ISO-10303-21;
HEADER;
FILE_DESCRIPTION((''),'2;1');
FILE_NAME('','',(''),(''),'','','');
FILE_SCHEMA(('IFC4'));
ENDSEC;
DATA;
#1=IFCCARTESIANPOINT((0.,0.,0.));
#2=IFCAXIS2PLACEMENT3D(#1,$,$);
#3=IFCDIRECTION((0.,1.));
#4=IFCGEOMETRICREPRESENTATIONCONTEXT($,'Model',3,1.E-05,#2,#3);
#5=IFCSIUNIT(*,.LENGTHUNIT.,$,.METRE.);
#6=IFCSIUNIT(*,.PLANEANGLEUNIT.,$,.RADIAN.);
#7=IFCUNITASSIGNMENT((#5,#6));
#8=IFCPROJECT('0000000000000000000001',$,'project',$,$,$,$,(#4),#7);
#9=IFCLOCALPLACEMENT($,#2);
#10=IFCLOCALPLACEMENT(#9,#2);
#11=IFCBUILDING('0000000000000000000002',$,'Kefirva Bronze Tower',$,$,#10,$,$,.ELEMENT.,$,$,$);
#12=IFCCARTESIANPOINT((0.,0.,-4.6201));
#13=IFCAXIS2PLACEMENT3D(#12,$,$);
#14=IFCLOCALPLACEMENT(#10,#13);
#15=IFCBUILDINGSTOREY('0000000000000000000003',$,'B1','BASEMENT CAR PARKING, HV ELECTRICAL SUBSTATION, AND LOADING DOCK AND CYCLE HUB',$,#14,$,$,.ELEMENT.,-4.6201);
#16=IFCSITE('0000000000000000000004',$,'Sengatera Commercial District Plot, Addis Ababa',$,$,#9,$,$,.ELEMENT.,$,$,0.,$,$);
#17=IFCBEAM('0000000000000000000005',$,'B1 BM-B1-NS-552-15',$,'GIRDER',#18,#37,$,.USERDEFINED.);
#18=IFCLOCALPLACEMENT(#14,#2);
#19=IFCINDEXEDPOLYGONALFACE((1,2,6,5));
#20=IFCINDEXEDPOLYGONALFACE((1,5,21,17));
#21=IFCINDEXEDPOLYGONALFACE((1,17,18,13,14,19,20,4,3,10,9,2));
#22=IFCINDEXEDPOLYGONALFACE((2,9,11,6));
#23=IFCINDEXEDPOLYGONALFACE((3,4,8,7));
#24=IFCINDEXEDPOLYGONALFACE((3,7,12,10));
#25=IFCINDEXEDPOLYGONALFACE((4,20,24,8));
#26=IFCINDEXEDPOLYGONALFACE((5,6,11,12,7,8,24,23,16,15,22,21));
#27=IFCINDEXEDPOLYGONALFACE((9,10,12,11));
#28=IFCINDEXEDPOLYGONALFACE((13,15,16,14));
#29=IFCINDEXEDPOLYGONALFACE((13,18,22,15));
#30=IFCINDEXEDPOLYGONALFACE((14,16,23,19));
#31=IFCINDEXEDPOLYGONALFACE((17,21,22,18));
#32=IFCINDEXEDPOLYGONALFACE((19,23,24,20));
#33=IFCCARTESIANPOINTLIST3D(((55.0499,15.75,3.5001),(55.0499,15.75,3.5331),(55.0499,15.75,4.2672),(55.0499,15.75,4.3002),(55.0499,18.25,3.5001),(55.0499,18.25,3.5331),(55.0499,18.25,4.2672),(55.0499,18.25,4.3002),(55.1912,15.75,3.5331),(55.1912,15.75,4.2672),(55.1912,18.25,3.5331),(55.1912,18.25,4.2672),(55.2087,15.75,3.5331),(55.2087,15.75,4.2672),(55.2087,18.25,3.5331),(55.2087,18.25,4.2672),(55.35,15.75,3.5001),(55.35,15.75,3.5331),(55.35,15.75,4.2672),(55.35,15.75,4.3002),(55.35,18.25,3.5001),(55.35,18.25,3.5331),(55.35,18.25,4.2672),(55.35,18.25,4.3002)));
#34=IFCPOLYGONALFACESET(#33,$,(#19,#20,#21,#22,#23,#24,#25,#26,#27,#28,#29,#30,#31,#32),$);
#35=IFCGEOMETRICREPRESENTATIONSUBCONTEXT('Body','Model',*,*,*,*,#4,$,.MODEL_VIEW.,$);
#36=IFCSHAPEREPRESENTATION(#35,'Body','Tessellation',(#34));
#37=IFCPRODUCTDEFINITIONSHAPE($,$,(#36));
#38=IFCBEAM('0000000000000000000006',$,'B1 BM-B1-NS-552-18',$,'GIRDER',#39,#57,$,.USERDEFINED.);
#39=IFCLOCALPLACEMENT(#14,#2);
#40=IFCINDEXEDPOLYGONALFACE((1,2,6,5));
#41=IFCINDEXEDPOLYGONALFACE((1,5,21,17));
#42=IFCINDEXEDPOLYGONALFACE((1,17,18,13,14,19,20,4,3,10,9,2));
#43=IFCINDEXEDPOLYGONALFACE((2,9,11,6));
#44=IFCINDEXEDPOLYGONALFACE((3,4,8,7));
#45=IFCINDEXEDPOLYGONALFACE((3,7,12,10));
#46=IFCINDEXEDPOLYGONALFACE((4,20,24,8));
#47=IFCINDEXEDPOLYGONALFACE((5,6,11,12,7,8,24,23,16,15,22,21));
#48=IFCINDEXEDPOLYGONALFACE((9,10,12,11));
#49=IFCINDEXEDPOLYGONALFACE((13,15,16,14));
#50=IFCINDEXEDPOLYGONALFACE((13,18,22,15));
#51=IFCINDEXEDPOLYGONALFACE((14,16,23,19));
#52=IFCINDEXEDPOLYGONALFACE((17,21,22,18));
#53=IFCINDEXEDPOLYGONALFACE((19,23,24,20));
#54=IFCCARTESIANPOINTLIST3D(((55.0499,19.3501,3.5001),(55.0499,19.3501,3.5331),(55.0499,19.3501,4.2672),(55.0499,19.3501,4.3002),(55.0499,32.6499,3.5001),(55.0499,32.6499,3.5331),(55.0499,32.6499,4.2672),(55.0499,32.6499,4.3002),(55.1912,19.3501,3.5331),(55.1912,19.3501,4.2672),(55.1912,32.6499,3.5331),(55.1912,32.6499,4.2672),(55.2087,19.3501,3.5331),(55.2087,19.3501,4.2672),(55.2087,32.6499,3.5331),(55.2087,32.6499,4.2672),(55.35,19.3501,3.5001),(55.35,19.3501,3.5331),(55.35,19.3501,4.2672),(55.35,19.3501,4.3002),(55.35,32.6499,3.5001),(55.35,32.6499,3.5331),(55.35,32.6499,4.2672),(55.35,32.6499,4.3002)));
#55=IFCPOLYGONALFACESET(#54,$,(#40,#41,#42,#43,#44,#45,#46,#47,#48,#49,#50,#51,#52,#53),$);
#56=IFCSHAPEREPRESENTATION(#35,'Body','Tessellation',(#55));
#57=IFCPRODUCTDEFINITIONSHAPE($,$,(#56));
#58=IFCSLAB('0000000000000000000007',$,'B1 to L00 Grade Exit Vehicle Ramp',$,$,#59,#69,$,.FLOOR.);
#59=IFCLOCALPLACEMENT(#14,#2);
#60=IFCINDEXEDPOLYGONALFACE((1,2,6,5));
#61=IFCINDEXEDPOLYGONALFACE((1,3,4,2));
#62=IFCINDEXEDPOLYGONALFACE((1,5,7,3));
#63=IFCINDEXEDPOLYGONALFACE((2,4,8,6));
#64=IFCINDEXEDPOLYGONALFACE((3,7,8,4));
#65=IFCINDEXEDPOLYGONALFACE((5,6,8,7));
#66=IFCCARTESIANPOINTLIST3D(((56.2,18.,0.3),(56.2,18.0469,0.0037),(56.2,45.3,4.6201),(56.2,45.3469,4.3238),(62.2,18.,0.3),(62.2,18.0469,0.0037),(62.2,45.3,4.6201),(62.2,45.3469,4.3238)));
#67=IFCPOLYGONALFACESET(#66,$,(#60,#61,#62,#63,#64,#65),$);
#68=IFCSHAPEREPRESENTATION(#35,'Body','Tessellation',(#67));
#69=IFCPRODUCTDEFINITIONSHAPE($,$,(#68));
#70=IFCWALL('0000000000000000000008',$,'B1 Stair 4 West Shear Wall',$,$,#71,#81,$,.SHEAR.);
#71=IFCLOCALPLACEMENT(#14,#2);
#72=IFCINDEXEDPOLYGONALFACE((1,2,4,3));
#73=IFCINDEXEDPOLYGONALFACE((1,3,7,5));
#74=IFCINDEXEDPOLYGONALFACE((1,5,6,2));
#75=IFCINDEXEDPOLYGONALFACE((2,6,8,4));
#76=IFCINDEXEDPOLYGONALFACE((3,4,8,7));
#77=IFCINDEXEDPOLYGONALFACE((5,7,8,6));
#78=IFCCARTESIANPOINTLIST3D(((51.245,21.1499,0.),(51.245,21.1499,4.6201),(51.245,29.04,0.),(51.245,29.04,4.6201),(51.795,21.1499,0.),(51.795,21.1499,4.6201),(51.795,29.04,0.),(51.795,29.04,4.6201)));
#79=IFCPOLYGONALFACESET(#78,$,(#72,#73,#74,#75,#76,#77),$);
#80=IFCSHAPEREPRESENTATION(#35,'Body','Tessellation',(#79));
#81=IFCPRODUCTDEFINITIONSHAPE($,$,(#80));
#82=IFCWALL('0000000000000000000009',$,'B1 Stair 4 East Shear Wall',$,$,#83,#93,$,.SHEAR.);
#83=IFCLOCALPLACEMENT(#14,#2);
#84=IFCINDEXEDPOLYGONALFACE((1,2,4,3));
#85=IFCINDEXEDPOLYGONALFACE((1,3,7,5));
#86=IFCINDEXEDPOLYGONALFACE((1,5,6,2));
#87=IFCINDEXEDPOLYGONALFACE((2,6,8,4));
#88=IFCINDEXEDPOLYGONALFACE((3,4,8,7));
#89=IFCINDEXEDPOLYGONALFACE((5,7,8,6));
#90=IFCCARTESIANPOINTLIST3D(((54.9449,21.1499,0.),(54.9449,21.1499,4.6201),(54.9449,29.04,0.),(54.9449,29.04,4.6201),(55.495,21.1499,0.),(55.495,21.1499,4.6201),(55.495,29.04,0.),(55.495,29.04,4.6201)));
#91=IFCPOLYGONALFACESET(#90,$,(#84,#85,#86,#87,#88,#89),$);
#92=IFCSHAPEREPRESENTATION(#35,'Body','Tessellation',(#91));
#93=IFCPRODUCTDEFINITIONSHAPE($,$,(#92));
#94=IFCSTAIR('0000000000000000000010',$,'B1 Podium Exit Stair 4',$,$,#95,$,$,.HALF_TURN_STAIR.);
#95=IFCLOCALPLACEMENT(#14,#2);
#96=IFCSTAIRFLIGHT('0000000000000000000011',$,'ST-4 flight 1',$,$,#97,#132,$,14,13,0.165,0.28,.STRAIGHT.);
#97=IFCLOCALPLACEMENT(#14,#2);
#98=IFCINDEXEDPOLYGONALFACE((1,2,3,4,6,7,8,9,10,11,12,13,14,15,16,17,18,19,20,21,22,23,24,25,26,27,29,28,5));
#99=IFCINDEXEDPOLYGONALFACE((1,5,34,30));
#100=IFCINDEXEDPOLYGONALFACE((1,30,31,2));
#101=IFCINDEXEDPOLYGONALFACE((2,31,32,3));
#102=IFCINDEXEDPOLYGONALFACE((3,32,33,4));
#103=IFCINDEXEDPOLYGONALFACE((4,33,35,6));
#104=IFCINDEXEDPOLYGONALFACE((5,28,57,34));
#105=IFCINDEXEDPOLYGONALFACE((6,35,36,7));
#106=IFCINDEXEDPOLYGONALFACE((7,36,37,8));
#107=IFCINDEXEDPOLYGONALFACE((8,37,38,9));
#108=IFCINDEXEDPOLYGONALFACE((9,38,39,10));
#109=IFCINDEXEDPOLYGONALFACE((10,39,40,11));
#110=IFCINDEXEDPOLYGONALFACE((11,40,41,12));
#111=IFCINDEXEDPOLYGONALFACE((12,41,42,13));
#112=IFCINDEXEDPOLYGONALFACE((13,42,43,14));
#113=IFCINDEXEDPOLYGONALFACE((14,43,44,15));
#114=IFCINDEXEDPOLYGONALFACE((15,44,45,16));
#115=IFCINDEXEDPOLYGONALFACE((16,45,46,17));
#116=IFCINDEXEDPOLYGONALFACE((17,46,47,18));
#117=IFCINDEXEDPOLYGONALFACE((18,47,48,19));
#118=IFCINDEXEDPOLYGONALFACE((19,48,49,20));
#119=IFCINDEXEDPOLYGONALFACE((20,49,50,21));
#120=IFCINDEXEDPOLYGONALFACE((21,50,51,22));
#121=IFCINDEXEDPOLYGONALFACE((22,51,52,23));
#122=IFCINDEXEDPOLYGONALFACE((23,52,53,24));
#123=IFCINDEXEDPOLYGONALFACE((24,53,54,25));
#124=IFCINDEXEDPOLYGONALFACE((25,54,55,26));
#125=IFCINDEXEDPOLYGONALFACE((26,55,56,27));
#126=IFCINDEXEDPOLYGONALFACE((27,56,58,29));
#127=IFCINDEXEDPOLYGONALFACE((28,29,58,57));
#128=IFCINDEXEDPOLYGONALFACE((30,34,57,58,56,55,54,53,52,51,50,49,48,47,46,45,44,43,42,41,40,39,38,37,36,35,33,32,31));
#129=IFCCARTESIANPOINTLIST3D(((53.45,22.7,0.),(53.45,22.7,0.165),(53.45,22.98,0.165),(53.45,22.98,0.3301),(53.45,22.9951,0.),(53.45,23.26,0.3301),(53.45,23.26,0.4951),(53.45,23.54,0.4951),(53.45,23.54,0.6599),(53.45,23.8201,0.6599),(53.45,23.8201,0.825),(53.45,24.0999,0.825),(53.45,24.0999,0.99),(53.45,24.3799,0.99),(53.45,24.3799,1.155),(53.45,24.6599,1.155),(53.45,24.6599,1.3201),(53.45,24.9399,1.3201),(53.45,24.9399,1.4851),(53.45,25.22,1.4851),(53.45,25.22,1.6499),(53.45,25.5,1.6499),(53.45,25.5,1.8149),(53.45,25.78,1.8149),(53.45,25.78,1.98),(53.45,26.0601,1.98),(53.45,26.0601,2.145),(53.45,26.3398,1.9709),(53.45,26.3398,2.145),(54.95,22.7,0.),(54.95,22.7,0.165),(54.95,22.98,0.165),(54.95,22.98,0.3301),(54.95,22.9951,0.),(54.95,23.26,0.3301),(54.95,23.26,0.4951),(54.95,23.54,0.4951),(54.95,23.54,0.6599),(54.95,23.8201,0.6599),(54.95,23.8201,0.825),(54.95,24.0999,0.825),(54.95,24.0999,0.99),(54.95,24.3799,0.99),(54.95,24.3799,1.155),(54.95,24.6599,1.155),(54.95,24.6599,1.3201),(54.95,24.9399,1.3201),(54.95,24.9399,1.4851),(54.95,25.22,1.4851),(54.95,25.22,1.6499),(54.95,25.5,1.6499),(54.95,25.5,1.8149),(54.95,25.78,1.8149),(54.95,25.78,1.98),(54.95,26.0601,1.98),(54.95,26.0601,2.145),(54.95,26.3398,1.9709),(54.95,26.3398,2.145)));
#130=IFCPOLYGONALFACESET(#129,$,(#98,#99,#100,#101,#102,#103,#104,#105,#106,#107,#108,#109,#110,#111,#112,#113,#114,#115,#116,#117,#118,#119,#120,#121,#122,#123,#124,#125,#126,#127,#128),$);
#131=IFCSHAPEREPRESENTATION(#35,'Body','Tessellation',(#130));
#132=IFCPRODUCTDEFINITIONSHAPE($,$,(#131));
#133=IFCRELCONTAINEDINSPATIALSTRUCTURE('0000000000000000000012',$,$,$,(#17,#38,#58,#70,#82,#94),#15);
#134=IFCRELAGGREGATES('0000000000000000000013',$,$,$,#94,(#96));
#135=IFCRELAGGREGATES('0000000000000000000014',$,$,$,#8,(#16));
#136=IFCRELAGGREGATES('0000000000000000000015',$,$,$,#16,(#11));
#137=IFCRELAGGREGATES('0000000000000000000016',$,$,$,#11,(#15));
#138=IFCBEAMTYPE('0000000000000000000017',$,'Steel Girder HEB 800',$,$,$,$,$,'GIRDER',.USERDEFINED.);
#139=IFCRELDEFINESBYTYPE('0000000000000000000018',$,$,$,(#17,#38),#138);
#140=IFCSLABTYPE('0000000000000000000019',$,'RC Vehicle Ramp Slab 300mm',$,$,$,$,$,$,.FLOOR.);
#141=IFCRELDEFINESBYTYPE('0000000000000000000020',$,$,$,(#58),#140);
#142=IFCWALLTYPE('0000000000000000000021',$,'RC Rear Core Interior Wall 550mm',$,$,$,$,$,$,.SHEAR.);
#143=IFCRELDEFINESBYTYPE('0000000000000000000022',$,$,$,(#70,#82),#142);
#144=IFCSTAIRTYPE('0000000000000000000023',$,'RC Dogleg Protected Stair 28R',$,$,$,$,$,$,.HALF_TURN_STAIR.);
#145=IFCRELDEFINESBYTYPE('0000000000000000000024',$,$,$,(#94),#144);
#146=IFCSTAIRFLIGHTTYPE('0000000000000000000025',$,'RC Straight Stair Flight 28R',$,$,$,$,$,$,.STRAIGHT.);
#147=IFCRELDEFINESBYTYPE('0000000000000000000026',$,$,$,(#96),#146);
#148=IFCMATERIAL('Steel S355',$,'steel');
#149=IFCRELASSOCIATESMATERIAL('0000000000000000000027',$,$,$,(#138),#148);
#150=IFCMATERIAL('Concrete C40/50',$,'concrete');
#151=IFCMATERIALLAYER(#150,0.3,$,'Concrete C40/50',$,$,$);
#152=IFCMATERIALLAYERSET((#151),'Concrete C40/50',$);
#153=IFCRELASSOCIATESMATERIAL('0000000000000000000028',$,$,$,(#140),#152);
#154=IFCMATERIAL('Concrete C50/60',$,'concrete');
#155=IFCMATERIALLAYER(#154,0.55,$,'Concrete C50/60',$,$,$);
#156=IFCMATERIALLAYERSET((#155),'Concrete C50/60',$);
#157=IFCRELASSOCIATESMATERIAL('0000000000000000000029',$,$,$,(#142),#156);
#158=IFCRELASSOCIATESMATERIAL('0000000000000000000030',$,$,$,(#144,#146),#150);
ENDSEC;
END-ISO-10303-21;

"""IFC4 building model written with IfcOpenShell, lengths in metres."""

from ifc_helpers import new_model, si_unit, direction, frame, frame_2d, origin, origin_2d, place, context, subcontext, project, spatial, polyline, rectangle, i_section, outline, extrude, material, layer, layer_set, material_profile, profile_set, type_object, element, aggregate, save


model = new_model("IFC4")

# Units and contexts
model_context = context("Model", 3, precision=1e-05, world=origin(), true_north=direction((0.0, 1.0)))
body_context = subcontext(model_context, "Body", "Model", "MODEL_VIEW")
ifc_project = project(units=[si_unit("LENGTHUNIT", "METRE"), si_unit("PLANEANGLEUNIT", "RADIAN")], contexts=[model_context])

# Site, building, storey
site_placement = place(None, origin())
site = spatial("IfcSite", under=ifc_project, at=site_placement, Name="Sengatera Commercial District Plot, Addis Ababa", CompositionType="ELEMENT", RefElevation=0.0)
building_placement = place(site_placement, origin())
building = spatial("IfcBuilding", under=site, at=building_placement, Name="Kefirva Bronze Tower", CompositionType="ELEMENT")
storey_placement = place(building_placement, frame((0.0, 0.0, -4.6201)))
storey = spatial("IfcBuildingStorey", under=building, at=storey_placement, Name="B1", Description="BASEMENT CAR PARKING, HV ELECTRICAL SUBSTATION, AND LOADING DOCK AND CYCLE HUB", CompositionType="ELEMENT", Elevation=-4.6201)

# Beams
ifc_material_1 = material(Name="Concrete C50/60", Category="concrete")
ifc_material_2 = material(Name="Steel S355", Category="steel")
ifc_material_profile_1 = material_profile(ifc_material_2, i_section(OverallWidth=0.3, OverallDepth=0.8, WebThickness=0.0176, FlangeThickness=0.033, at=origin_2d()), Name="HEB 800")
ifc_profile_set_1 = profile_set([ifc_material_profile_1], Name="Steel S355")
beam_type_1 = type_object("IfcBeamType", Name="Steel Girder HEB 800", ElementType="GIRDER", PredefinedType="USERDEFINED", material=ifc_profile_set_1)
beam_1_placement = place(storey_placement, frame((55.2, 15.75, 3.9001), z_axis=(0.0, 1.0, 0.0), x_axis=(-1.0, 0.0, 0.0)))
element("IfcBeam", 1, at=beam_1_placement, inside=storey, type_object=beam_type_1, Name="B1 BM-B1-NS-552-15", ObjectType="GIRDER", PredefinedType="USERDEFINED", context=body_context, shape_type="SweptSolid", body=[
    extrude(i_section(OverallWidth=0.3, OverallDepth=0.8, WebThickness=0.0176, FlangeThickness=0.033, at=origin_2d()), origin(), (0.0, 0.0, 1.0), 2.5),
])
beam_2_placement = place(storey_placement, frame((55.2, 19.3501, 3.9001), z_axis=(0.0, 1.0, 0.0), x_axis=(-1.0, 0.0, 0.0)))
element("IfcBeam", 2, at=beam_2_placement, inside=storey, type_object=beam_type_1, Name="B1 BM-B1-NS-552-18", ObjectType="GIRDER", PredefinedType="USERDEFINED", context=body_context, shape_type="SweptSolid", body=[
    extrude(i_section(OverallWidth=0.3, OverallDepth=0.8, WebThickness=0.0176, FlangeThickness=0.033, at=origin_2d()), origin(), (0.0, 0.0, 1.0), 13.2998),
])

# Slab
ifc_material_3 = material(Name="Concrete C40/50", Category="concrete")
ifc_layer_1 = layer(ifc_material_3, 0.3, Name="Concrete C40/50")
ifc_layer_set_1 = layer_set([ifc_layer_1], Name="Concrete C40/50")
slab_type = type_object("IfcSlabType", Name="RC Vehicle Ramp Slab 300mm", PredefinedType="FLOOR", material=ifc_layer_set_1)
slab_placement = place(storey_placement, frame((56.2, 18.0, 0.3), z_axis=(0.0, -0.156299, 0.98771), x_axis=(1.0, 0.0, 0.0)))
element("IfcSlab", 3, at=slab_placement, inside=storey, type_object=slab_type, Name="B1 to L00 Grade Exit Vehicle Ramp", PredefinedType="FLOOR", context=body_context, shape_type="SweptSolid", body=[
    extrude(outline(polyline([(0.0, 0.0), (6.0, 0.0), (6.0, 27.6397), (0.0, 27.6397), (0.0, 0.0)])), origin(), (0.0, 0.0, -1.0), 0.3),
])

# Walls
ifc_layer_2 = layer(ifc_material_1, 0.55, Name="Concrete C50/60")
ifc_layer_set_2 = layer_set([ifc_layer_2], Name="Concrete C50/60")
wall_type_1 = type_object("IfcWallType", Name="RC Rear Core Interior Wall 550mm", PredefinedType="SHEAR", material=ifc_layer_set_2)
for number, where, z_axis, x_axis, name in (
    (4, (51.52, 21.1499, 0.0), (0.0, 0.0, 1.0), (0.0, 1.0, 0.0), "B1 Stair 4 West Shear Wall"),
    (5, (55.22, 21.1499, 0.0), (0.0, 0.0, 1.0), (0.0, 1.0, 0.0), "B1 Stair 4 East Shear Wall"),
):
    element("IfcWall", number, at=place(storey_placement, frame(where, z_axis=z_axis, x_axis=x_axis)), inside=storey, type_object=wall_type_1, Name=name, PredefinedType="SHEAR", context=body_context, shape_type="SweptSolid", body=[
        extrude(rectangle(XDim=7.8901, YDim=0.55, at=frame_2d((3.9451, 0.0))), origin(), (0.0, 0.0, 1.0), 4.6201),
    ])

# Stair, stair flight
stair_type = type_object("IfcStairType", Name="RC Dogleg Protected Stair 28R", PredefinedType="HALF_TURN_STAIR", material=ifc_material_3)
stair_placement = place(storey_placement, origin())
stair = element("IfcStair", 6, at=stair_placement, inside=storey, type_object=stair_type, Name="B1 Podium Exit Stair 4", PredefinedType="HALF_TURN_STAIR")
stair_flight_type = type_object("IfcStairFlightType", Name="RC Straight Stair Flight 28R", PredefinedType="STRAIGHT", material=ifc_material_3)
stair_flight_placement = place(storey_placement, frame((54.2, 22.7, 0.0), z_axis=(0.0, 0.0, 1.0), x_axis=(0.0, 1.0, 0.0)))
stair_flight = element("IfcStairFlight", 7, at=stair_flight_placement, type_object=stair_flight_type, Name="ST-4 flight 1", NumberOfRisers=14, NumberOfTreads=13, PredefinedType="STRAIGHT", RiserHeight=0.165, TreadLength=0.28, context=body_context, shape_type="SweptSolid", body=[
    extrude(outline(polyline([(0.0, 0.0), (0.0, 0.165), (0.28, 0.165), (0.28, 0.3301), (0.5601, 0.3301), (0.5601, 0.4951), (0.8401, 0.4951), (0.8401, 0.6599), (1.1201, 0.6599), (1.1201, 0.825), (1.3999, 0.825), (1.3999, 0.99), (1.6799, 0.99), (1.6799, 1.155), (1.96, 1.155), (1.96, 1.3201), (2.24, 1.3201), (2.24, 1.4851), (2.52, 1.4851), (2.52, 1.6499), (2.8, 1.6499), (2.8, 1.8149), (3.0801, 1.8149), (3.0801, 1.98), (3.3601, 1.98), (3.3601, 2.145), (3.6399, 2.145), (3.6399, 2.3101), (3.6399, 1.9709), (0.2952, 0.0), (0.0, 0.0)])), frame((0.0, 0.75, 0.0), z_axis=(0.0, -1.0, 0.0), x_axis=(1.0, 0.0, 0.0)), (0.0, 0.0, 1.0), 1.5),
])
aggregate(stair, [stair_flight])

save(model, "model.ifc")
